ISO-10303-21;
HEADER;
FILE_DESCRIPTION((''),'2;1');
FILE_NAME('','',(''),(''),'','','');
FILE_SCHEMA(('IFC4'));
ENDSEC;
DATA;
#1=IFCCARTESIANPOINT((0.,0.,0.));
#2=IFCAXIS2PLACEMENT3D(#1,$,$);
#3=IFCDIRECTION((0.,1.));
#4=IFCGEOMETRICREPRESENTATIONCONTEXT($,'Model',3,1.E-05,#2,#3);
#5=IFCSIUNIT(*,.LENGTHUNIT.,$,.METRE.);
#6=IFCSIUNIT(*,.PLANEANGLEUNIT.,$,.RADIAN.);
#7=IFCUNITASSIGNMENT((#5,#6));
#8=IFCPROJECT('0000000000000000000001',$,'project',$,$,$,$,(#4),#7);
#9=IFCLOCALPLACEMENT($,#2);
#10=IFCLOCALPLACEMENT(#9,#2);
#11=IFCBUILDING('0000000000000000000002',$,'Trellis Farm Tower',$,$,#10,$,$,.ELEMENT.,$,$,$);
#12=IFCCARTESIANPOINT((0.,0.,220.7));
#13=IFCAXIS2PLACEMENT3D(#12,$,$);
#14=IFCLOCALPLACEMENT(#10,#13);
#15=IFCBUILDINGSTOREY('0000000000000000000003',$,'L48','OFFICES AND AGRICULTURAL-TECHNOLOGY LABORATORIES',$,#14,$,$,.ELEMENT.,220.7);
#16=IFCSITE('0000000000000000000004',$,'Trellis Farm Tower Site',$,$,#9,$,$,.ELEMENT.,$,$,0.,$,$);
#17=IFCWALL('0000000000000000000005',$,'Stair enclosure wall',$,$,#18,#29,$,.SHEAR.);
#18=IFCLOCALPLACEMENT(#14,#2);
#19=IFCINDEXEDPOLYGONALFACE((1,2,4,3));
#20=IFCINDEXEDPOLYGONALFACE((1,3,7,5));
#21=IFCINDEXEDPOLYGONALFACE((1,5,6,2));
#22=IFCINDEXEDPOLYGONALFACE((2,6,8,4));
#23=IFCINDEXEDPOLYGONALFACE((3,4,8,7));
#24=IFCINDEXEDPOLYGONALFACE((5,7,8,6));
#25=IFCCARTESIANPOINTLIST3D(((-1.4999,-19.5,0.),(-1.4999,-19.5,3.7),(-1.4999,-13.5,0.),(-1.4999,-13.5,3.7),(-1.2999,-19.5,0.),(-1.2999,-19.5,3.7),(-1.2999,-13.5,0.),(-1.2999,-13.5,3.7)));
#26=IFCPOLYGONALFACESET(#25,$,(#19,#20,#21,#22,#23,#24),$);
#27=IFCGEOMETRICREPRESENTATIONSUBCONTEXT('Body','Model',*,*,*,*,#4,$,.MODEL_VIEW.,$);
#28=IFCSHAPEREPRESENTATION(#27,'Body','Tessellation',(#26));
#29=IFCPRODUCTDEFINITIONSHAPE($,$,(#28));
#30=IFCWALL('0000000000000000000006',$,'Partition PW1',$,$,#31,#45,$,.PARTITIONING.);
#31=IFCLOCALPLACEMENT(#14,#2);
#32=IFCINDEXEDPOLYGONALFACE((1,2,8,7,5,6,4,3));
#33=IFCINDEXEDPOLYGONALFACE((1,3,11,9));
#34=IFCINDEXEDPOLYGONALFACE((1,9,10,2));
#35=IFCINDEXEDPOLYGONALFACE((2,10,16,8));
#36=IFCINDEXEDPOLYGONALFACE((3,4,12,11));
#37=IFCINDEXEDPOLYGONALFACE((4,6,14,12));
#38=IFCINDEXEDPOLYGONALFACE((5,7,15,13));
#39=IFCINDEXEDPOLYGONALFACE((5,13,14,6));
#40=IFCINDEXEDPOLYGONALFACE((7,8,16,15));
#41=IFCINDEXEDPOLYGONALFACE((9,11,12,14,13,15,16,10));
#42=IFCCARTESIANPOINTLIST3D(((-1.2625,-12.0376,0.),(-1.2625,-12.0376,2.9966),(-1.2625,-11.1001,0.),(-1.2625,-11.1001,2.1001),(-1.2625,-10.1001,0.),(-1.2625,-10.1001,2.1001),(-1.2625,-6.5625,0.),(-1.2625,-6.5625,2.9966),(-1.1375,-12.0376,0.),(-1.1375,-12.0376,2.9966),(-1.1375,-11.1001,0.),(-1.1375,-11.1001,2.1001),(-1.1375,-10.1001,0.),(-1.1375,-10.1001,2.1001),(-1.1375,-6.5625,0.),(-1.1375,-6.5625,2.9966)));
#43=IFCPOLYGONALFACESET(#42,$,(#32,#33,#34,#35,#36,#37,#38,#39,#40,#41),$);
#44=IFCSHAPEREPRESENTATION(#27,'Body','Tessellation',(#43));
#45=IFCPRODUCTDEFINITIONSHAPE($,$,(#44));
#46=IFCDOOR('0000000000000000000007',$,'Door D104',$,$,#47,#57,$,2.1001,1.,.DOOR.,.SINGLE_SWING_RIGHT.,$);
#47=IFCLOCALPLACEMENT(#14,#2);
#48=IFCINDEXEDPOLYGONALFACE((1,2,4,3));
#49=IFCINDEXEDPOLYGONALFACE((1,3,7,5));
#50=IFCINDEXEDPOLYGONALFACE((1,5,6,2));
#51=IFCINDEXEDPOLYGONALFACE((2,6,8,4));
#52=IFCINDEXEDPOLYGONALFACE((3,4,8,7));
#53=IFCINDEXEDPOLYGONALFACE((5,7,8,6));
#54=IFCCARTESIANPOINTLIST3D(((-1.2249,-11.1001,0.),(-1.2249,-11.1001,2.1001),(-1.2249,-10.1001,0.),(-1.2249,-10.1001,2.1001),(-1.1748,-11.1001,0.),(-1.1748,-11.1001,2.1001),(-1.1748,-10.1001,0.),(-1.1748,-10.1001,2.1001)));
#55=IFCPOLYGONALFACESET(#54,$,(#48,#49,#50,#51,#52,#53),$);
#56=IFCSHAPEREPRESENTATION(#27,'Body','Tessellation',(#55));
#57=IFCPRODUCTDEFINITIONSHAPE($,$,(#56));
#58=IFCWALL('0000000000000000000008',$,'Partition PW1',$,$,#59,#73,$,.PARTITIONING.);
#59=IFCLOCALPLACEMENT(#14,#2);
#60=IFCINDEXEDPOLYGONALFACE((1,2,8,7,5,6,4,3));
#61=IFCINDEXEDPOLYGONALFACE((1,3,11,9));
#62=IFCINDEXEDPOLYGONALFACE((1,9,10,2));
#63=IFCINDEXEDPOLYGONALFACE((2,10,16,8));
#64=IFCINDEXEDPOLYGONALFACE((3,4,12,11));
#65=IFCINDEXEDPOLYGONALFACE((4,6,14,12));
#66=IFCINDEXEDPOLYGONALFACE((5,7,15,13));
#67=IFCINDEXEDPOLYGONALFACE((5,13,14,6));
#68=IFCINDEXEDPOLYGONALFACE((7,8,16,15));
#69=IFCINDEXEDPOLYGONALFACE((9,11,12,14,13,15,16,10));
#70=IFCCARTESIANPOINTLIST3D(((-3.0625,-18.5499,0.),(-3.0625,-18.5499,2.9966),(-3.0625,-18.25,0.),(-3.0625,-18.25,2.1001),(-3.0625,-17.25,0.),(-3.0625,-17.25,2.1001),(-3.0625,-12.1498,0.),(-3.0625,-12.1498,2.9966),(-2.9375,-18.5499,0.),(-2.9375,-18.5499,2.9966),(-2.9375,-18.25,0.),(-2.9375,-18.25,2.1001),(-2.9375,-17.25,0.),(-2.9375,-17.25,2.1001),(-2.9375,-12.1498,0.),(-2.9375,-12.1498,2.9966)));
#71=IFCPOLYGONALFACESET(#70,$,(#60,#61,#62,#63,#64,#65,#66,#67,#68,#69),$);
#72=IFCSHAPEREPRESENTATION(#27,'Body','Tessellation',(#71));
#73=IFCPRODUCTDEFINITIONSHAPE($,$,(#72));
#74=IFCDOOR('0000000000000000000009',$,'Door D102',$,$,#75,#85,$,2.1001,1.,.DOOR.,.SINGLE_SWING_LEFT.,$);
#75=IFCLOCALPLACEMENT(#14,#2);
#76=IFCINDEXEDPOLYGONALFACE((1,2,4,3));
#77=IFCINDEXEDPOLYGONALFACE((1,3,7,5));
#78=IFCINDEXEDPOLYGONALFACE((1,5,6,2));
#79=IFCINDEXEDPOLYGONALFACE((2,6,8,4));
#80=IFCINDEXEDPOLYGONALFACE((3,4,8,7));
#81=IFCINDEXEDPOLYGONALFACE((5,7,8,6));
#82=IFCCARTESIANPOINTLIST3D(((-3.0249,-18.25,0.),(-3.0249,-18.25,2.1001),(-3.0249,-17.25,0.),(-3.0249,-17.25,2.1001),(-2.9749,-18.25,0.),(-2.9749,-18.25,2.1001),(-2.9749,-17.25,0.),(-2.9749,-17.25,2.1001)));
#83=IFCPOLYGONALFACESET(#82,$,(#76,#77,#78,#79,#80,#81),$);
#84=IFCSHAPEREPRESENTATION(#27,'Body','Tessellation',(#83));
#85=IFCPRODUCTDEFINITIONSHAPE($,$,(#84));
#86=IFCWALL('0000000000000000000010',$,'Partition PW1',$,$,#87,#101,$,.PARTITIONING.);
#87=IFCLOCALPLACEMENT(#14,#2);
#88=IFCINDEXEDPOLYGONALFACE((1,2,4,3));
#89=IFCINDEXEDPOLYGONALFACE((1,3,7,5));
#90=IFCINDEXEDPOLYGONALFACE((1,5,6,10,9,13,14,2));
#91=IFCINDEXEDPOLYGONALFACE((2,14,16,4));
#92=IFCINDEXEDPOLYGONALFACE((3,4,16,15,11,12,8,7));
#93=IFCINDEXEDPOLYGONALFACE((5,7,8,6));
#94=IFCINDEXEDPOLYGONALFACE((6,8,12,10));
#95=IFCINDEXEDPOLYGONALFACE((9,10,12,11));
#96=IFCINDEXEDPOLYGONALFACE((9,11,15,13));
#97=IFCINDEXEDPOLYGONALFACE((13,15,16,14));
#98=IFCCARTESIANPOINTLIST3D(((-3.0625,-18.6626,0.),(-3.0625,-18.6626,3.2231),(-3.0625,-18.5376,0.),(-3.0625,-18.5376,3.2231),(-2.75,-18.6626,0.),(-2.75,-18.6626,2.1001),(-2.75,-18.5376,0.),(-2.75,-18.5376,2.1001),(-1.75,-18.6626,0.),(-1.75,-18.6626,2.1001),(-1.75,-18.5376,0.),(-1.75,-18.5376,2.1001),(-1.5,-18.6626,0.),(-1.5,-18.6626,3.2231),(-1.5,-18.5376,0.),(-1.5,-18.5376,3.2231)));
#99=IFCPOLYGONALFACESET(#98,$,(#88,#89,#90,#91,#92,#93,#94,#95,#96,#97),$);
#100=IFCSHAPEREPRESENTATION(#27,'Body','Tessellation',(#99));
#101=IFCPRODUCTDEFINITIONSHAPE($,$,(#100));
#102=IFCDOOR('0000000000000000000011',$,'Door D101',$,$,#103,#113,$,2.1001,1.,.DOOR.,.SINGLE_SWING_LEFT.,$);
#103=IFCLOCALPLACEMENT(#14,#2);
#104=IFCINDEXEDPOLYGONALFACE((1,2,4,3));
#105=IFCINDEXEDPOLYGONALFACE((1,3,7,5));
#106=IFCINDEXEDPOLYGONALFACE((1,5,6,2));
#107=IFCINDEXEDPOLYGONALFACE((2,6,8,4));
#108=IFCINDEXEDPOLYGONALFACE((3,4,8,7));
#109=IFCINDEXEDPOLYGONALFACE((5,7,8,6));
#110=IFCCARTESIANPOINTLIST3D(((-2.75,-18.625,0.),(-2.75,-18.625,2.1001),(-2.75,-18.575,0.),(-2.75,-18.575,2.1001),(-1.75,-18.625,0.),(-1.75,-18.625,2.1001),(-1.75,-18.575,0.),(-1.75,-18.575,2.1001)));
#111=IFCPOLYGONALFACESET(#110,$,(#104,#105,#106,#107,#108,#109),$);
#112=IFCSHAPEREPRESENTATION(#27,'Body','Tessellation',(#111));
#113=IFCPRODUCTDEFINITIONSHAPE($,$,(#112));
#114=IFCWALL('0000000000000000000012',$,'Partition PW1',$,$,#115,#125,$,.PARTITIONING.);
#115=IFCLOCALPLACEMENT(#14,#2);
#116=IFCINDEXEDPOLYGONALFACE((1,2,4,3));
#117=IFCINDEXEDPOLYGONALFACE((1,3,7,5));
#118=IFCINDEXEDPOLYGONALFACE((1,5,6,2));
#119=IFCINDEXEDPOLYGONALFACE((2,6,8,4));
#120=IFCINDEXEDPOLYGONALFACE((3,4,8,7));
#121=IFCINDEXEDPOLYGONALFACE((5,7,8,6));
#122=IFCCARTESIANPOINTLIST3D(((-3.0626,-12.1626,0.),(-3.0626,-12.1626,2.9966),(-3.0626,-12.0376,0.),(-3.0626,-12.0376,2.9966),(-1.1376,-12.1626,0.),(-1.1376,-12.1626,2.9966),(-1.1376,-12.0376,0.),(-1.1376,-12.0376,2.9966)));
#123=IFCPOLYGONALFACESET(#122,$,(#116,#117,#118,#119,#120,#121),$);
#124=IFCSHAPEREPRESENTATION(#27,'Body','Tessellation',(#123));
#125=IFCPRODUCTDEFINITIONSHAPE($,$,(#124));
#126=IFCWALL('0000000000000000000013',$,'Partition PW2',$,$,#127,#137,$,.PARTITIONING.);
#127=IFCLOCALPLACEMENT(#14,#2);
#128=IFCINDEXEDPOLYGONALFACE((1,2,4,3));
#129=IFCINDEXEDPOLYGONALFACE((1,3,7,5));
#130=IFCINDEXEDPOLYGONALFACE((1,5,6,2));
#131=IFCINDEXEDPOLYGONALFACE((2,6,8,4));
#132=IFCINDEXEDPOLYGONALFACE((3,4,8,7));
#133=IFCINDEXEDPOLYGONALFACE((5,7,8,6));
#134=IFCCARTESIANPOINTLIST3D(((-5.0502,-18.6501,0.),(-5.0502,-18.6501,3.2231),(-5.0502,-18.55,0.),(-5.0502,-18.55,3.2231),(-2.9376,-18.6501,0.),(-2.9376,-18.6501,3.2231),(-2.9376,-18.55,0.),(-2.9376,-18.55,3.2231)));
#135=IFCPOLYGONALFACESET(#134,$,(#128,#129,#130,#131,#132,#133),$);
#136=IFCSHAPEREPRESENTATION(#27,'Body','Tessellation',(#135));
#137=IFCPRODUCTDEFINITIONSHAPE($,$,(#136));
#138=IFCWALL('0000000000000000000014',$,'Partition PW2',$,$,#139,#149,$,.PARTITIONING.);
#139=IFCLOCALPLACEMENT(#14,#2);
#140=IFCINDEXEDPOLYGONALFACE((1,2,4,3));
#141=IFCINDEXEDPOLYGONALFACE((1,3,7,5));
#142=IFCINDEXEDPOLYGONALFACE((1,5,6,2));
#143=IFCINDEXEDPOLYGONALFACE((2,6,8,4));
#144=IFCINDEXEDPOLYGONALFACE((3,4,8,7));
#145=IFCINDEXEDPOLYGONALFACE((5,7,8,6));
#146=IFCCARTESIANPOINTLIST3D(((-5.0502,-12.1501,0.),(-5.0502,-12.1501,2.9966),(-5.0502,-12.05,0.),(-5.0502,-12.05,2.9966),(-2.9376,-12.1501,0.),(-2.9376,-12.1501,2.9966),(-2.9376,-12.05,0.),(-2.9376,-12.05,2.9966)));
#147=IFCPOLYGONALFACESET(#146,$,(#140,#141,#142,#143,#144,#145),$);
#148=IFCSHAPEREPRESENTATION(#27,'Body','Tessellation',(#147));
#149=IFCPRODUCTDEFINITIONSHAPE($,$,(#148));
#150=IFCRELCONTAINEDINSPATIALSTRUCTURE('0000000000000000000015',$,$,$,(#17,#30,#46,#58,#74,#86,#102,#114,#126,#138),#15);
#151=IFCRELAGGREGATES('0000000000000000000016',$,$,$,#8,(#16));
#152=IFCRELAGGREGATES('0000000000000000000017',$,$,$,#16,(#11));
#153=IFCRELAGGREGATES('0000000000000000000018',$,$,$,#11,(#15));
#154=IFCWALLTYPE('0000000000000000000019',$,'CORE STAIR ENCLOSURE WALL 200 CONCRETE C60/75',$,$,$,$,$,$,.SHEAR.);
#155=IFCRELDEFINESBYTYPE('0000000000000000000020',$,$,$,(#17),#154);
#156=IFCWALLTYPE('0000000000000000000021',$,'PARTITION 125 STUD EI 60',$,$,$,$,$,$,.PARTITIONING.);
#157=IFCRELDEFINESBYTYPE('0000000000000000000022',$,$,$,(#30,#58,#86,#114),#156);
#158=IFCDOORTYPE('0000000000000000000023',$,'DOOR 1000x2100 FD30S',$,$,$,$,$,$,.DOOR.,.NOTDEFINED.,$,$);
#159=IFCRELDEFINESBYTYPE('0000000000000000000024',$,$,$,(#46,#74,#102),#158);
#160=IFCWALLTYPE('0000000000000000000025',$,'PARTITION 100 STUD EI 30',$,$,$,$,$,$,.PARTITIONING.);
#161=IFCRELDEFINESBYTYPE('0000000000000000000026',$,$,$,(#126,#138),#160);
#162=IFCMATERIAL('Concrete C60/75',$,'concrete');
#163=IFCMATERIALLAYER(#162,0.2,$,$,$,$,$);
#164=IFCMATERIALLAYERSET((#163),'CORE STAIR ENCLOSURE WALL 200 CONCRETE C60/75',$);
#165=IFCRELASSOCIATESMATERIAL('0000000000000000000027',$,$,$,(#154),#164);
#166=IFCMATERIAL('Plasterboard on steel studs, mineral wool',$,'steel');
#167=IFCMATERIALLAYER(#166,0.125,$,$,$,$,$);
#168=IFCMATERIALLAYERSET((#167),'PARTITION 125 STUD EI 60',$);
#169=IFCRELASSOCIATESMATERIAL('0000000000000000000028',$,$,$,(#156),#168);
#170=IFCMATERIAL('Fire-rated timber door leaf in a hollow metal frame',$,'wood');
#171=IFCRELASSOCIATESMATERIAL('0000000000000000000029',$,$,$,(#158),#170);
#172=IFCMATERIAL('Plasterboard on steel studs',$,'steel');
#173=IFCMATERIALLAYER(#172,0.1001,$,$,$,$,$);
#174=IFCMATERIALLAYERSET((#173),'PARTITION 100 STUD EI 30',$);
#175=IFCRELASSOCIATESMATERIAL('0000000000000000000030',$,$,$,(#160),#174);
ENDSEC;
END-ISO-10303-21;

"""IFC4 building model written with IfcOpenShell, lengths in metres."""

from ifc_helpers import new_model, si_unit, direction, frame, frame_2d, origin, place, context, subcontext, project, spatial, rectangle, extrude, source, transform, mapped, material, layer, layer_set, type_object, element, fill, save


model = new_model("IFC4")

# Units and contexts
model_context = context("Model", 3, precision=1e-05, world=origin(), true_north=direction((0.0, 1.0)))
body_context = subcontext(model_context, "Body", "Model", "MODEL_VIEW")
ifc_project = project(units=[si_unit("LENGTHUNIT", "METRE"), si_unit("PLANEANGLEUNIT", "RADIAN")], contexts=[model_context])

# Site, building, storey
site_placement = place(None, origin())
site = spatial("IfcSite", under=ifc_project, at=site_placement, Name="Trellis Farm Tower Site", CompositionType="ELEMENT", RefElevation=0.0)
building_placement = place(site_placement, origin())
building = spatial("IfcBuilding", under=site, at=building_placement, Name="Trellis Farm Tower", CompositionType="ELEMENT")
storey_placement = place(building_placement, frame((0.0, 0.0, 220.7)))
storey = spatial("IfcBuildingStorey", under=building, at=storey_placement, Name="L48", Description="OFFICES AND AGRICULTURAL-TECHNOLOGY LABORATORIES", CompositionType="ELEMENT", Elevation=220.7)

# Shared definitions
ifc_material_1 = material(Name="Concrete C60/75", Category="concrete")

# Wall
ifc_layer_1 = layer(ifc_material_1, 0.2)
ifc_layer_set_1 = layer_set([ifc_layer_1], Name="CORE STAIR ENCLOSURE WALL 200 CONCRETE C60/75")
wall_type_1 = type_object("IfcWallType", Name="CORE STAIR ENCLOSURE WALL 200 CONCRETE C60/75", PredefinedType="SHEAR", material=ifc_layer_set_1)
shared_shape_1 = source(origin(), body_context, "Body", "SweptSolid", [
    extrude(rectangle(XDim=6.0, YDim=0.2, at=frame_2d((3.0, 0.0))), origin(), (0.0, 0.0, 1.0), 3.7),
])
wall_1_placement = place(storey_placement, frame((-1.3999, -13.5, 0.0), z_axis=(0.0, 0.0, 1.0), x_axis=(0.0, -1.0, 0.0)))
element("IfcWall", 1, at=wall_1_placement, inside=storey, type_object=wall_type_1, Name="Stair enclosure wall", PredefinedType="SHEAR", context=body_context, shape_type="MappedRepresentation", body=[
    mapped(shared_shape_1, transform((0.0, 0.0, 0.0))),
])

# Walls, openings, doors
ifc_material_2 = material(Name="Plasterboard on steel studs, mineral wool", Category="steel")
ifc_layer_2 = layer(ifc_material_2, 0.125)
ifc_layer_set_2 = layer_set([ifc_layer_2], Name="PARTITION 125 STUD EI 60")
wall_type_2 = type_object("IfcWallType", Name="PARTITION 125 STUD EI 60", PredefinedType="PARTITIONING", material=ifc_layer_set_2)
shared_shape_2 = source(origin(), body_context, "Body", "SweptSolid", [
    extrude(rectangle(XDim=5.4751, YDim=0.125, at=frame_2d((2.7375, 0.0))), origin(), (0.0, 0.0, 1.0), 2.9966),
])
wall_2_placement = place(storey_placement, frame((-1.2, -12.0376, 0.0), z_axis=(0.0, 0.0, 1.0), x_axis=(0.0, 1.0, 0.0)))
wall_2 = element("IfcWall", 2, at=wall_2_placement, inside=storey, type_object=wall_type_2, Name="Partition PW1", PredefinedType="PARTITIONING", context=body_context, shape_type="MappedRepresentation", body=[
    mapped(shared_shape_2, transform((0.0, 0.0, 0.0))),
])
shared_shape_3 = source(origin(), body_context, "Body", "SweptSolid", [
    extrude(rectangle(XDim=1.0, YDim=2.1001, at=frame_2d((0.5, 1.05))), frame((0.0, 0.0725, 0.0), z_axis=(0.0, -1.0, 0.0), x_axis=(1.0, 0.0, 0.0)), (0.0, 0.0, 1.0), 0.145),
])
opening_1_placement = place(wall_2_placement, frame((0.9375, 0.0, 0.0)))
opening_1 = element("IfcOpeningElement", 3, at=opening_1_placement, cuts=wall_2, PredefinedType="OPENING", context=body_context, shape_type="MappedRepresentation", body=[
    mapped(shared_shape_3, transform((0.0, 0.0, 0.0))),
])
ifc_material_3 = material(Name="Fire-rated timber door leaf in a hollow metal frame", Category="wood")
door_type = type_object("IfcDoorType", Name="DOOR 1000x2100 FD30S", OperationType="NOTDEFINED", PredefinedType="DOOR", material=ifc_material_3)
shared_shape_4 = source(origin(), body_context, "Body", "SweptSolid", [
    extrude(rectangle(XDim=1.0, YDim=2.1001, at=frame_2d((0.5, 1.05))), frame((0.0, 0.0249, 0.0), z_axis=(0.0, -1.0, 0.0), x_axis=(1.0, 0.0, 0.0)), (0.0, 0.0, 1.0), 0.05),
])
door_1_placement = place(opening_1_placement, origin())
door_1 = element("IfcDoor", 4, at=door_1_placement, inside=storey, type_object=door_type, Name="Door D104", OperationType="SINGLE_SWING_RIGHT", OverallHeight=2.1001, OverallWidth=1.0, PredefinedType="DOOR", context=body_context, shape_type="MappedRepresentation", body=[
    mapped(shared_shape_4, transform((0.0, 0.0, 0.0))),
])
fill(opening_1, door_1)
shared_shape_5 = source(origin(), body_context, "Body", "SweptSolid", [
    extrude(rectangle(XDim=6.4001, YDim=0.125, at=frame_2d((3.2002, 0.0))), origin(), (0.0, 0.0, 1.0), 2.9966),
])
wall_3_placement = place(storey_placement, frame((-3.0, -18.55, 0.0), z_axis=(0.0, 0.0, 1.0), x_axis=(0.0, 1.0, 0.0)))
wall_3 = element("IfcWall", 5, at=wall_3_placement, inside=storey, type_object=wall_type_2, Name="Partition PW1", PredefinedType="PARTITIONING", context=body_context, shape_type="MappedRepresentation", body=[
    mapped(shared_shape_5, transform((0.0, 0.0, 0.0))),
])
opening_2_placement = place(wall_3_placement, frame((0.3, 0.0, 0.0)))
opening_2 = element("IfcOpeningElement", 6, at=opening_2_placement, cuts=wall_3, PredefinedType="OPENING", context=body_context, shape_type="MappedRepresentation", body=[
    mapped(shared_shape_3, transform((0.0, 0.0, 0.0))),
])
door_2_placement = place(opening_2_placement, origin())
door_2 = element("IfcDoor", 7, at=door_2_placement, inside=storey, type_object=door_type, Name="Door D102", OperationType="SINGLE_SWING_LEFT", OverallHeight=2.1001, OverallWidth=1.0, PredefinedType="DOOR", context=body_context, shape_type="MappedRepresentation", body=[
    mapped(shared_shape_4, transform((0.0, 0.0, 0.0))),
])
fill(opening_2, door_2)
shared_shape_6 = source(origin(), body_context, "Body", "SweptSolid", [
    extrude(rectangle(XDim=1.5625, YDim=0.125, at=frame_2d((0.7812, 0.0))), origin(), (0.0, 0.0, 1.0), 3.2231),
])
wall_4_placement = place(storey_placement, frame((-1.5, -18.6001, 0.0), z_axis=(0.0, 0.0, 1.0), x_axis=(-1.0, 0.0, 0.0)))
wall_4 = element("IfcWall", 8, at=wall_4_placement, inside=storey, type_object=wall_type_2, Name="Partition PW1", PredefinedType="PARTITIONING", context=body_context, shape_type="MappedRepresentation", body=[
    mapped(shared_shape_6, transform((0.0, 0.0, 0.0))),
])
opening_3_placement = place(wall_4_placement, frame((0.25, 0.0, 0.0)))
opening_3 = element("IfcOpeningElement", 9, at=opening_3_placement, cuts=wall_4, PredefinedType="OPENING", context=body_context, shape_type="MappedRepresentation", body=[
    mapped(shared_shape_3, transform((0.0, 0.0, 0.0))),
])
door_3_placement = place(opening_3_placement, origin())
door_3 = element("IfcDoor", 10, at=door_3_placement, inside=storey, type_object=door_type, Name="Door D101", OperationType="SINGLE_SWING_LEFT", OverallHeight=2.1001, OverallWidth=1.0, PredefinedType="DOOR", context=body_context, shape_type="MappedRepresentation", body=[
    mapped(shared_shape_4, transform((0.0, 0.0, 0.0))),
])
fill(opening_3, door_3)

# Walls
shared_shape_7 = source(origin(), body_context, "Body", "SweptSolid", [
    extrude(rectangle(XDim=1.925, YDim=0.125, at=frame_2d((0.9624, 0.0))), origin(), (0.0, 0.0, 1.0), 2.9966),
])
wall_5_placement = place(storey_placement, frame((-3.0625, -12.1001, 0.0), z_axis=(0.0, 0.0, 1.0), x_axis=(1.0, 0.0, 0.0)))
element("IfcWall", 11, at=wall_5_placement, inside=storey, type_object=wall_type_2, Name="Partition PW1", PredefinedType="PARTITIONING", context=body_context, shape_type="MappedRepresentation", body=[
    mapped(shared_shape_7, transform((0.0, 0.0, 0.0))),
])
ifc_material_4 = material(Name="Plasterboard on steel studs", Category="steel")
ifc_layer_3 = layer(ifc_material_4, 0.1001)
ifc_layer_set_3 = layer_set([ifc_layer_3], Name="PARTITION 100 STUD EI 30")
wall_type_3 = type_object("IfcWallType", Name="PARTITION 100 STUD EI 30", PredefinedType="PARTITIONING", material=ifc_layer_set_3)
shared_shape_8 = source(origin(), body_context, "Body", "SweptSolid", [
    extrude(rectangle(XDim=2.1125, YDim=0.1001, at=frame_2d((1.0562, 0.0))), origin(), (0.0, 0.0, 1.0), 3.2231),
])
wall_6_placement = place(storey_placement, frame((-5.05, -18.6001, 0.0), z_axis=(0.0, 0.0, 1.0), x_axis=(1.0, 0.0, 0.0)))
element("IfcWall", 12, at=wall_6_placement, inside=storey, type_object=wall_type_3, Name="Partition PW2", PredefinedType="PARTITIONING", context=body_context, shape_type="MappedRepresentation", body=[
    mapped(shared_shape_8, transform((0.0, 0.0, 0.0))),
])
shared_shape_9 = source(origin(), body_context, "Body", "SweptSolid", [
    extrude(rectangle(XDim=2.1125, YDim=0.1001, at=frame_2d((1.0562, 0.0))), origin(), (0.0, 0.0, 1.0), 2.9966),
])
wall_7_placement = place(storey_placement, frame((-5.05, -12.1001, 0.0), z_axis=(0.0, 0.0, 1.0), x_axis=(1.0, 0.0, 0.0)))
element("IfcWall", 13, at=wall_7_placement, inside=storey, type_object=wall_type_3, Name="Partition PW2", PredefinedType="PARTITIONING", context=body_context, shape_type="MappedRepresentation", body=[
    mapped(shared_shape_9, transform((0.0, 0.0, 0.0))),
])

save(model, "model.ifc")
